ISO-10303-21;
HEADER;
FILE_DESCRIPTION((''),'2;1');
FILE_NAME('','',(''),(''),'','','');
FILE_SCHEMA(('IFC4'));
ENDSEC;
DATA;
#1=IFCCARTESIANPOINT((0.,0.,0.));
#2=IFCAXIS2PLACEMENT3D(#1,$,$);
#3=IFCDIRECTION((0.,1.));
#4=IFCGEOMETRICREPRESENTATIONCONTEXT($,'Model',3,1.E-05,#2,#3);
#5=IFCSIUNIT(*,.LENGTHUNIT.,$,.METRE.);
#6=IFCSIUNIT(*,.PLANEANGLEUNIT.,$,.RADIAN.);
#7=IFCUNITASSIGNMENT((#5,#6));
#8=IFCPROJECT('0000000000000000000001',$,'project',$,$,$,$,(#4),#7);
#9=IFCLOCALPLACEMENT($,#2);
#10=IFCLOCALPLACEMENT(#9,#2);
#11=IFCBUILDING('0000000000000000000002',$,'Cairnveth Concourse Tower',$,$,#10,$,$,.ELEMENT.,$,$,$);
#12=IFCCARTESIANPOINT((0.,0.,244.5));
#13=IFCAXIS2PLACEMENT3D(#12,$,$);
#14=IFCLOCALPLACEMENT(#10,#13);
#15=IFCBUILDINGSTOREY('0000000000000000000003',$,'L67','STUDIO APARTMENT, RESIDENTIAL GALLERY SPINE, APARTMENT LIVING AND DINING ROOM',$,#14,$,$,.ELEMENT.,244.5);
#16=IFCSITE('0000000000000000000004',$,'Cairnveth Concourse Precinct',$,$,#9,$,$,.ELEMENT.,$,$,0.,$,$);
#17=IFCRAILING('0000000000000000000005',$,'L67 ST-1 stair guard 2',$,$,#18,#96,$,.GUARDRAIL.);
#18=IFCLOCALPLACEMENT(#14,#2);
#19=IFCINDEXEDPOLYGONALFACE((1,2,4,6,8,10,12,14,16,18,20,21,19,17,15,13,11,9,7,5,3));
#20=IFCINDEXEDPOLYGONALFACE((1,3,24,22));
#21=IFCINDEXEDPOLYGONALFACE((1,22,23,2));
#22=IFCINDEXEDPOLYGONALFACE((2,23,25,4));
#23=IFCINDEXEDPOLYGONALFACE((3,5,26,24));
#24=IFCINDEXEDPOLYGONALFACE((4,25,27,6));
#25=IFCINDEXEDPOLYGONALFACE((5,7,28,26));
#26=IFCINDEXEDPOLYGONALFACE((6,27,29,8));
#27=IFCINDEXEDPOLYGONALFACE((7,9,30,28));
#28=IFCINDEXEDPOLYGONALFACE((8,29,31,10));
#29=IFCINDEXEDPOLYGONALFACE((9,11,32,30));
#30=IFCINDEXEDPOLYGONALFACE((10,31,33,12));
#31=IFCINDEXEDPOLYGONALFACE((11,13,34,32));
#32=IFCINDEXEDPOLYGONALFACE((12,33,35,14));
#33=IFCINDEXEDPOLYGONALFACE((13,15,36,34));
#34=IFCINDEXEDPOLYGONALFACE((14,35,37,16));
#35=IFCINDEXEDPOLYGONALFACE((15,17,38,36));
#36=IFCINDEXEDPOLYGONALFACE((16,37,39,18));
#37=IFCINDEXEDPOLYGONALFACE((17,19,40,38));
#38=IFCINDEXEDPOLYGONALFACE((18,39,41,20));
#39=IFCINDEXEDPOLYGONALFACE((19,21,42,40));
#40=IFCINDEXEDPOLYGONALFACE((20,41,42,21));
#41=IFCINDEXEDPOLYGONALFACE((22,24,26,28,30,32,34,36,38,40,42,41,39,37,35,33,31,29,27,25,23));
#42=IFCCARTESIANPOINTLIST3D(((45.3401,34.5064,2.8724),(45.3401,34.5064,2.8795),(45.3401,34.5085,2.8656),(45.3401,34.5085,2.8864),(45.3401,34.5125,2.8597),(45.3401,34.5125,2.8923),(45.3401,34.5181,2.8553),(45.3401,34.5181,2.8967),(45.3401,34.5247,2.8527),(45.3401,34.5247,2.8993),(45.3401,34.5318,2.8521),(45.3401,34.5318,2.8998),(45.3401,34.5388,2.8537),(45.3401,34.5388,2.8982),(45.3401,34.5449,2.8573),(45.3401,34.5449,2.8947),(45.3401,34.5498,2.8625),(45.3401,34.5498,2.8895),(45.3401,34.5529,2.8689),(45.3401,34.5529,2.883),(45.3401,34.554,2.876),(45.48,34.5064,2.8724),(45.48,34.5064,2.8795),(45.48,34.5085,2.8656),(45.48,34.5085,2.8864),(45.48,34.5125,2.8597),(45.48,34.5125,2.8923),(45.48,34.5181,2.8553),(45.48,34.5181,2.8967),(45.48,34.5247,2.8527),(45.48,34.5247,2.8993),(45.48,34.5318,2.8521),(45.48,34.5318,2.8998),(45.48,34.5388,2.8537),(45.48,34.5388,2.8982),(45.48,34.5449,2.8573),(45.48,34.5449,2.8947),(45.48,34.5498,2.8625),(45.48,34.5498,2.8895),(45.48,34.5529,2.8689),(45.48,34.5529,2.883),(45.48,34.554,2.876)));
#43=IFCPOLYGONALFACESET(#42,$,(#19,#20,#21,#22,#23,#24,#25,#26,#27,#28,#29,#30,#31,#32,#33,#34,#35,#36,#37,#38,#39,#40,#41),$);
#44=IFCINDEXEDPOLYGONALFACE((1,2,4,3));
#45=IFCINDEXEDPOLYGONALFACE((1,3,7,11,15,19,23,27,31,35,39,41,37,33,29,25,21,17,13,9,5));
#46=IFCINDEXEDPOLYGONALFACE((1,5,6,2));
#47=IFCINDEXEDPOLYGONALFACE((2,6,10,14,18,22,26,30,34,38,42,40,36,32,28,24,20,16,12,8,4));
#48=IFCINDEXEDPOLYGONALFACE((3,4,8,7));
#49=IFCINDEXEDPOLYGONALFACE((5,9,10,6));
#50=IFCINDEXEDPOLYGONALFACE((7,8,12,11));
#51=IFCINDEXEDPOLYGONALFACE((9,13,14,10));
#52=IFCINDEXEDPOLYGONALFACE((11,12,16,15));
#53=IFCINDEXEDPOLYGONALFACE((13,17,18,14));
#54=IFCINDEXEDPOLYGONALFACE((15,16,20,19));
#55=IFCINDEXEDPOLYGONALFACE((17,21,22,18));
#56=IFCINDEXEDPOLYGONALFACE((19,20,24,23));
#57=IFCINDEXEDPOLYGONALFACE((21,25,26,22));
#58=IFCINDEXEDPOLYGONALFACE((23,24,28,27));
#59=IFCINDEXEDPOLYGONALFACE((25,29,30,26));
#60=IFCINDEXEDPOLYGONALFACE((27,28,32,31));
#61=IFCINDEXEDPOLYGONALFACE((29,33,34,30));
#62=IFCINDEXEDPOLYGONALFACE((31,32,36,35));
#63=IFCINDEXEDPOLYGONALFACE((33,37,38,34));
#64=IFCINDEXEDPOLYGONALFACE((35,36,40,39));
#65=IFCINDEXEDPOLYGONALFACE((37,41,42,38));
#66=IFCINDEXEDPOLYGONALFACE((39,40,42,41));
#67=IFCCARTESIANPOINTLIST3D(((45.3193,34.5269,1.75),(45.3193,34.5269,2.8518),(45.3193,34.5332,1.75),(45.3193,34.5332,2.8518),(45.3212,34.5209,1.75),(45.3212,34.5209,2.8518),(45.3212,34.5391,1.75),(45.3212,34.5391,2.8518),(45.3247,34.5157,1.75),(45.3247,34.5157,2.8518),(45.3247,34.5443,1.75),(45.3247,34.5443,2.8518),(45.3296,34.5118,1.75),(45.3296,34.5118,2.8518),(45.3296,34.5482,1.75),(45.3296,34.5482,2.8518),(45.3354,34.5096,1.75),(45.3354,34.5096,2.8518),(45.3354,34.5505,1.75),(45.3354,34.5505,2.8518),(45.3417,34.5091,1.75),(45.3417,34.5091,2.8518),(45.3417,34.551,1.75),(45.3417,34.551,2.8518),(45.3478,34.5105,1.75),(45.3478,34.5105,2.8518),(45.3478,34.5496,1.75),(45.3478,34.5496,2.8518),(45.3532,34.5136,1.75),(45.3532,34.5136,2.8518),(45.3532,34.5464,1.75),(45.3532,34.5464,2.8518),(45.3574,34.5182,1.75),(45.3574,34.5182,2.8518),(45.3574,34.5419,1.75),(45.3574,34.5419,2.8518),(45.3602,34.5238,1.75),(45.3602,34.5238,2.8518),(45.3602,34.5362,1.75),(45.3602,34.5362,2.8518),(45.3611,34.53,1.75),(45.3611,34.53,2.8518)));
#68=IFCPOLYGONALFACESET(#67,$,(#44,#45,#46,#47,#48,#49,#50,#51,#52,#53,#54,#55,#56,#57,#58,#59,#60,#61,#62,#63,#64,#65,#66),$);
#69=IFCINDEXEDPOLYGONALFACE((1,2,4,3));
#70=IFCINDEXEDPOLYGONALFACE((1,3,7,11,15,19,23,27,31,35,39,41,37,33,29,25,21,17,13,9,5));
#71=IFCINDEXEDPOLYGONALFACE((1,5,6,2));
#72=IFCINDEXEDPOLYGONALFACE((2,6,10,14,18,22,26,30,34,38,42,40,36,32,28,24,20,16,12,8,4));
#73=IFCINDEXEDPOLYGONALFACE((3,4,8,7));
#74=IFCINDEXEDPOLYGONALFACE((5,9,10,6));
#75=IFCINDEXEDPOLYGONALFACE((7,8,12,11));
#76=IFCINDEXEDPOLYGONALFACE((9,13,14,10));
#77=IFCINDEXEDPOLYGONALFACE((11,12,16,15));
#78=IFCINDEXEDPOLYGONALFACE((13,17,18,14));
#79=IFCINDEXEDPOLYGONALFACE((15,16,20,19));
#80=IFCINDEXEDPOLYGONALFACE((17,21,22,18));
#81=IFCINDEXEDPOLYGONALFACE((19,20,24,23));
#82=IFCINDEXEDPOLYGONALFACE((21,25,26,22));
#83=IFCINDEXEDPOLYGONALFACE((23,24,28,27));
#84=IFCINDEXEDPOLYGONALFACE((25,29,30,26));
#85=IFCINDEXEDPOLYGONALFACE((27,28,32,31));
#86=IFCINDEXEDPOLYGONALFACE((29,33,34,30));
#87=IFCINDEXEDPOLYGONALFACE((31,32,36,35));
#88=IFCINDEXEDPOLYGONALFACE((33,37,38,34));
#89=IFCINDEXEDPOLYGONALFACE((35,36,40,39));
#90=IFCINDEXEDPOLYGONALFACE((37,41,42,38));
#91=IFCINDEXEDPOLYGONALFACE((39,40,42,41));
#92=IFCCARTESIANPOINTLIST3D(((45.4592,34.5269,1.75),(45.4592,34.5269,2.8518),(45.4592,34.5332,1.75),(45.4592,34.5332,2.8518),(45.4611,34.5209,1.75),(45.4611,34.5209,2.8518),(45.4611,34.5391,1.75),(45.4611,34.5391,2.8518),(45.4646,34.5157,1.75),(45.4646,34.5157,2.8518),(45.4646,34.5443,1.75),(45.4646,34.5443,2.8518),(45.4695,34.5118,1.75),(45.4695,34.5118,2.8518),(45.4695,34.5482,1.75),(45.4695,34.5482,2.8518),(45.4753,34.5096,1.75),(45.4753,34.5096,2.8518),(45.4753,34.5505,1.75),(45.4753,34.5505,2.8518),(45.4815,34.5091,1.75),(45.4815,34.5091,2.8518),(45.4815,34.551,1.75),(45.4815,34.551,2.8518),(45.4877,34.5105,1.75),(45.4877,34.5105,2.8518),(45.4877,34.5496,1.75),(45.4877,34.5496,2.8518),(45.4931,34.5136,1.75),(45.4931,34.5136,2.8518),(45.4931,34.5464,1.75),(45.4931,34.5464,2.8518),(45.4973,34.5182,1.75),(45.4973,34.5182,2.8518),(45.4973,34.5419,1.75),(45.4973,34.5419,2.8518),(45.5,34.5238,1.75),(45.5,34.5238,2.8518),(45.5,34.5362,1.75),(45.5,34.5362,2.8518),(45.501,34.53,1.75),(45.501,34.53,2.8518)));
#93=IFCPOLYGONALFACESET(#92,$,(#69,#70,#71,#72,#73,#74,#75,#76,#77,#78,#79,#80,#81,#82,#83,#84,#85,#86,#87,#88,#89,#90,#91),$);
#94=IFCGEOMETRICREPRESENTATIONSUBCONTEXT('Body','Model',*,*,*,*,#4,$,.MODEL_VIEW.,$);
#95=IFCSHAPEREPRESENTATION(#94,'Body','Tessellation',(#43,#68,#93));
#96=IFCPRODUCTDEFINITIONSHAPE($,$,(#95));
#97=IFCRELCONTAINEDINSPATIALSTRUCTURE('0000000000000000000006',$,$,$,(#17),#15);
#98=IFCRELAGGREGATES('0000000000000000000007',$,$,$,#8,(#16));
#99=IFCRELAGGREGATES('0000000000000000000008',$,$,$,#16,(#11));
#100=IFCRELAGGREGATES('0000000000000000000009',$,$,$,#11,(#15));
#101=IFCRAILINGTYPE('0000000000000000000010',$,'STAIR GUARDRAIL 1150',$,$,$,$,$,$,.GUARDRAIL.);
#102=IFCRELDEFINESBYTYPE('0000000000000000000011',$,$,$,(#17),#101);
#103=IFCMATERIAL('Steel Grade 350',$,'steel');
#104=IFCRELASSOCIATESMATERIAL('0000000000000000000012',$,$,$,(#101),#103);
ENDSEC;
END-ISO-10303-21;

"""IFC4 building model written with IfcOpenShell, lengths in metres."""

from ifc_helpers import new_model, si_unit, direction, frame, origin, origin_2d, place, context, subcontext, project, spatial, circle, extrude, material, type_object, element, save


model = new_model("IFC4")

# Units and contexts
model_context = context("Model", 3, precision=1e-05, world=origin(), true_north=direction((0.0, 1.0)))
body_context = subcontext(model_context, "Body", "Model", "MODEL_VIEW")
ifc_project = project(units=[si_unit("LENGTHUNIT", "METRE"), si_unit("PLANEANGLEUNIT", "RADIAN")], contexts=[model_context])

# Site, building, storey
site_placement = place(None, origin())
site = spatial("IfcSite", under=ifc_project, at=site_placement, Name="Cairnveth Concourse Precinct", CompositionType="ELEMENT", RefElevation=0.0)
building_placement = place(site_placement, origin())
building = spatial("IfcBuilding", under=site, at=building_placement, Name="Cairnveth Concourse Tower", CompositionType="ELEMENT")
storey_placement = place(building_placement, frame((0.0, 0.0, 244.5)))
storey = spatial("IfcBuildingStorey", under=building, at=storey_placement, Name="L67", Description="STUDIO APARTMENT, RESIDENTIAL GALLERY SPINE, APARTMENT LIVING AND DINING ROOM", CompositionType="ELEMENT", Elevation=244.5)

# Railing
ifc_material_1 = material(Name="Steel Grade 350", Category="steel")
railing_type_1 = type_object("IfcRailingType", Name="STAIR GUARDRAIL 1150", PredefinedType="GUARDRAIL", material=ifc_material_1)
railing_1_placement = place(storey_placement, frame((45.3401, 34.53, 1.75)))
element("IfcRailing", 1, at=railing_1_placement, inside=storey, type_object=railing_type_1, Name="L67 ST-1 stair guard 2", PredefinedType="GUARDRAIL", context=body_context, shape_type="SweptSolid", body=[
    extrude(circle(Radius=0.0239, at=origin_2d()), frame((0.0, 0.0, 1.126), z_axis=(1.0, 0.0, 0.0), x_axis=(0.0, 1.0, 0.0)), (0.0, 0.0, 1.0), 0.1399),
    extrude(circle(Radius=0.021, at=origin_2d()), origin(), (0.0, 0.0, 1.0), 1.1018),
    extrude(circle(Radius=0.021, at=origin_2d()), frame((0.1399, 0.0, 0.0)), (0.0, 0.0, 1.0), 1.1018),
])

save(model, "model.ifc")
